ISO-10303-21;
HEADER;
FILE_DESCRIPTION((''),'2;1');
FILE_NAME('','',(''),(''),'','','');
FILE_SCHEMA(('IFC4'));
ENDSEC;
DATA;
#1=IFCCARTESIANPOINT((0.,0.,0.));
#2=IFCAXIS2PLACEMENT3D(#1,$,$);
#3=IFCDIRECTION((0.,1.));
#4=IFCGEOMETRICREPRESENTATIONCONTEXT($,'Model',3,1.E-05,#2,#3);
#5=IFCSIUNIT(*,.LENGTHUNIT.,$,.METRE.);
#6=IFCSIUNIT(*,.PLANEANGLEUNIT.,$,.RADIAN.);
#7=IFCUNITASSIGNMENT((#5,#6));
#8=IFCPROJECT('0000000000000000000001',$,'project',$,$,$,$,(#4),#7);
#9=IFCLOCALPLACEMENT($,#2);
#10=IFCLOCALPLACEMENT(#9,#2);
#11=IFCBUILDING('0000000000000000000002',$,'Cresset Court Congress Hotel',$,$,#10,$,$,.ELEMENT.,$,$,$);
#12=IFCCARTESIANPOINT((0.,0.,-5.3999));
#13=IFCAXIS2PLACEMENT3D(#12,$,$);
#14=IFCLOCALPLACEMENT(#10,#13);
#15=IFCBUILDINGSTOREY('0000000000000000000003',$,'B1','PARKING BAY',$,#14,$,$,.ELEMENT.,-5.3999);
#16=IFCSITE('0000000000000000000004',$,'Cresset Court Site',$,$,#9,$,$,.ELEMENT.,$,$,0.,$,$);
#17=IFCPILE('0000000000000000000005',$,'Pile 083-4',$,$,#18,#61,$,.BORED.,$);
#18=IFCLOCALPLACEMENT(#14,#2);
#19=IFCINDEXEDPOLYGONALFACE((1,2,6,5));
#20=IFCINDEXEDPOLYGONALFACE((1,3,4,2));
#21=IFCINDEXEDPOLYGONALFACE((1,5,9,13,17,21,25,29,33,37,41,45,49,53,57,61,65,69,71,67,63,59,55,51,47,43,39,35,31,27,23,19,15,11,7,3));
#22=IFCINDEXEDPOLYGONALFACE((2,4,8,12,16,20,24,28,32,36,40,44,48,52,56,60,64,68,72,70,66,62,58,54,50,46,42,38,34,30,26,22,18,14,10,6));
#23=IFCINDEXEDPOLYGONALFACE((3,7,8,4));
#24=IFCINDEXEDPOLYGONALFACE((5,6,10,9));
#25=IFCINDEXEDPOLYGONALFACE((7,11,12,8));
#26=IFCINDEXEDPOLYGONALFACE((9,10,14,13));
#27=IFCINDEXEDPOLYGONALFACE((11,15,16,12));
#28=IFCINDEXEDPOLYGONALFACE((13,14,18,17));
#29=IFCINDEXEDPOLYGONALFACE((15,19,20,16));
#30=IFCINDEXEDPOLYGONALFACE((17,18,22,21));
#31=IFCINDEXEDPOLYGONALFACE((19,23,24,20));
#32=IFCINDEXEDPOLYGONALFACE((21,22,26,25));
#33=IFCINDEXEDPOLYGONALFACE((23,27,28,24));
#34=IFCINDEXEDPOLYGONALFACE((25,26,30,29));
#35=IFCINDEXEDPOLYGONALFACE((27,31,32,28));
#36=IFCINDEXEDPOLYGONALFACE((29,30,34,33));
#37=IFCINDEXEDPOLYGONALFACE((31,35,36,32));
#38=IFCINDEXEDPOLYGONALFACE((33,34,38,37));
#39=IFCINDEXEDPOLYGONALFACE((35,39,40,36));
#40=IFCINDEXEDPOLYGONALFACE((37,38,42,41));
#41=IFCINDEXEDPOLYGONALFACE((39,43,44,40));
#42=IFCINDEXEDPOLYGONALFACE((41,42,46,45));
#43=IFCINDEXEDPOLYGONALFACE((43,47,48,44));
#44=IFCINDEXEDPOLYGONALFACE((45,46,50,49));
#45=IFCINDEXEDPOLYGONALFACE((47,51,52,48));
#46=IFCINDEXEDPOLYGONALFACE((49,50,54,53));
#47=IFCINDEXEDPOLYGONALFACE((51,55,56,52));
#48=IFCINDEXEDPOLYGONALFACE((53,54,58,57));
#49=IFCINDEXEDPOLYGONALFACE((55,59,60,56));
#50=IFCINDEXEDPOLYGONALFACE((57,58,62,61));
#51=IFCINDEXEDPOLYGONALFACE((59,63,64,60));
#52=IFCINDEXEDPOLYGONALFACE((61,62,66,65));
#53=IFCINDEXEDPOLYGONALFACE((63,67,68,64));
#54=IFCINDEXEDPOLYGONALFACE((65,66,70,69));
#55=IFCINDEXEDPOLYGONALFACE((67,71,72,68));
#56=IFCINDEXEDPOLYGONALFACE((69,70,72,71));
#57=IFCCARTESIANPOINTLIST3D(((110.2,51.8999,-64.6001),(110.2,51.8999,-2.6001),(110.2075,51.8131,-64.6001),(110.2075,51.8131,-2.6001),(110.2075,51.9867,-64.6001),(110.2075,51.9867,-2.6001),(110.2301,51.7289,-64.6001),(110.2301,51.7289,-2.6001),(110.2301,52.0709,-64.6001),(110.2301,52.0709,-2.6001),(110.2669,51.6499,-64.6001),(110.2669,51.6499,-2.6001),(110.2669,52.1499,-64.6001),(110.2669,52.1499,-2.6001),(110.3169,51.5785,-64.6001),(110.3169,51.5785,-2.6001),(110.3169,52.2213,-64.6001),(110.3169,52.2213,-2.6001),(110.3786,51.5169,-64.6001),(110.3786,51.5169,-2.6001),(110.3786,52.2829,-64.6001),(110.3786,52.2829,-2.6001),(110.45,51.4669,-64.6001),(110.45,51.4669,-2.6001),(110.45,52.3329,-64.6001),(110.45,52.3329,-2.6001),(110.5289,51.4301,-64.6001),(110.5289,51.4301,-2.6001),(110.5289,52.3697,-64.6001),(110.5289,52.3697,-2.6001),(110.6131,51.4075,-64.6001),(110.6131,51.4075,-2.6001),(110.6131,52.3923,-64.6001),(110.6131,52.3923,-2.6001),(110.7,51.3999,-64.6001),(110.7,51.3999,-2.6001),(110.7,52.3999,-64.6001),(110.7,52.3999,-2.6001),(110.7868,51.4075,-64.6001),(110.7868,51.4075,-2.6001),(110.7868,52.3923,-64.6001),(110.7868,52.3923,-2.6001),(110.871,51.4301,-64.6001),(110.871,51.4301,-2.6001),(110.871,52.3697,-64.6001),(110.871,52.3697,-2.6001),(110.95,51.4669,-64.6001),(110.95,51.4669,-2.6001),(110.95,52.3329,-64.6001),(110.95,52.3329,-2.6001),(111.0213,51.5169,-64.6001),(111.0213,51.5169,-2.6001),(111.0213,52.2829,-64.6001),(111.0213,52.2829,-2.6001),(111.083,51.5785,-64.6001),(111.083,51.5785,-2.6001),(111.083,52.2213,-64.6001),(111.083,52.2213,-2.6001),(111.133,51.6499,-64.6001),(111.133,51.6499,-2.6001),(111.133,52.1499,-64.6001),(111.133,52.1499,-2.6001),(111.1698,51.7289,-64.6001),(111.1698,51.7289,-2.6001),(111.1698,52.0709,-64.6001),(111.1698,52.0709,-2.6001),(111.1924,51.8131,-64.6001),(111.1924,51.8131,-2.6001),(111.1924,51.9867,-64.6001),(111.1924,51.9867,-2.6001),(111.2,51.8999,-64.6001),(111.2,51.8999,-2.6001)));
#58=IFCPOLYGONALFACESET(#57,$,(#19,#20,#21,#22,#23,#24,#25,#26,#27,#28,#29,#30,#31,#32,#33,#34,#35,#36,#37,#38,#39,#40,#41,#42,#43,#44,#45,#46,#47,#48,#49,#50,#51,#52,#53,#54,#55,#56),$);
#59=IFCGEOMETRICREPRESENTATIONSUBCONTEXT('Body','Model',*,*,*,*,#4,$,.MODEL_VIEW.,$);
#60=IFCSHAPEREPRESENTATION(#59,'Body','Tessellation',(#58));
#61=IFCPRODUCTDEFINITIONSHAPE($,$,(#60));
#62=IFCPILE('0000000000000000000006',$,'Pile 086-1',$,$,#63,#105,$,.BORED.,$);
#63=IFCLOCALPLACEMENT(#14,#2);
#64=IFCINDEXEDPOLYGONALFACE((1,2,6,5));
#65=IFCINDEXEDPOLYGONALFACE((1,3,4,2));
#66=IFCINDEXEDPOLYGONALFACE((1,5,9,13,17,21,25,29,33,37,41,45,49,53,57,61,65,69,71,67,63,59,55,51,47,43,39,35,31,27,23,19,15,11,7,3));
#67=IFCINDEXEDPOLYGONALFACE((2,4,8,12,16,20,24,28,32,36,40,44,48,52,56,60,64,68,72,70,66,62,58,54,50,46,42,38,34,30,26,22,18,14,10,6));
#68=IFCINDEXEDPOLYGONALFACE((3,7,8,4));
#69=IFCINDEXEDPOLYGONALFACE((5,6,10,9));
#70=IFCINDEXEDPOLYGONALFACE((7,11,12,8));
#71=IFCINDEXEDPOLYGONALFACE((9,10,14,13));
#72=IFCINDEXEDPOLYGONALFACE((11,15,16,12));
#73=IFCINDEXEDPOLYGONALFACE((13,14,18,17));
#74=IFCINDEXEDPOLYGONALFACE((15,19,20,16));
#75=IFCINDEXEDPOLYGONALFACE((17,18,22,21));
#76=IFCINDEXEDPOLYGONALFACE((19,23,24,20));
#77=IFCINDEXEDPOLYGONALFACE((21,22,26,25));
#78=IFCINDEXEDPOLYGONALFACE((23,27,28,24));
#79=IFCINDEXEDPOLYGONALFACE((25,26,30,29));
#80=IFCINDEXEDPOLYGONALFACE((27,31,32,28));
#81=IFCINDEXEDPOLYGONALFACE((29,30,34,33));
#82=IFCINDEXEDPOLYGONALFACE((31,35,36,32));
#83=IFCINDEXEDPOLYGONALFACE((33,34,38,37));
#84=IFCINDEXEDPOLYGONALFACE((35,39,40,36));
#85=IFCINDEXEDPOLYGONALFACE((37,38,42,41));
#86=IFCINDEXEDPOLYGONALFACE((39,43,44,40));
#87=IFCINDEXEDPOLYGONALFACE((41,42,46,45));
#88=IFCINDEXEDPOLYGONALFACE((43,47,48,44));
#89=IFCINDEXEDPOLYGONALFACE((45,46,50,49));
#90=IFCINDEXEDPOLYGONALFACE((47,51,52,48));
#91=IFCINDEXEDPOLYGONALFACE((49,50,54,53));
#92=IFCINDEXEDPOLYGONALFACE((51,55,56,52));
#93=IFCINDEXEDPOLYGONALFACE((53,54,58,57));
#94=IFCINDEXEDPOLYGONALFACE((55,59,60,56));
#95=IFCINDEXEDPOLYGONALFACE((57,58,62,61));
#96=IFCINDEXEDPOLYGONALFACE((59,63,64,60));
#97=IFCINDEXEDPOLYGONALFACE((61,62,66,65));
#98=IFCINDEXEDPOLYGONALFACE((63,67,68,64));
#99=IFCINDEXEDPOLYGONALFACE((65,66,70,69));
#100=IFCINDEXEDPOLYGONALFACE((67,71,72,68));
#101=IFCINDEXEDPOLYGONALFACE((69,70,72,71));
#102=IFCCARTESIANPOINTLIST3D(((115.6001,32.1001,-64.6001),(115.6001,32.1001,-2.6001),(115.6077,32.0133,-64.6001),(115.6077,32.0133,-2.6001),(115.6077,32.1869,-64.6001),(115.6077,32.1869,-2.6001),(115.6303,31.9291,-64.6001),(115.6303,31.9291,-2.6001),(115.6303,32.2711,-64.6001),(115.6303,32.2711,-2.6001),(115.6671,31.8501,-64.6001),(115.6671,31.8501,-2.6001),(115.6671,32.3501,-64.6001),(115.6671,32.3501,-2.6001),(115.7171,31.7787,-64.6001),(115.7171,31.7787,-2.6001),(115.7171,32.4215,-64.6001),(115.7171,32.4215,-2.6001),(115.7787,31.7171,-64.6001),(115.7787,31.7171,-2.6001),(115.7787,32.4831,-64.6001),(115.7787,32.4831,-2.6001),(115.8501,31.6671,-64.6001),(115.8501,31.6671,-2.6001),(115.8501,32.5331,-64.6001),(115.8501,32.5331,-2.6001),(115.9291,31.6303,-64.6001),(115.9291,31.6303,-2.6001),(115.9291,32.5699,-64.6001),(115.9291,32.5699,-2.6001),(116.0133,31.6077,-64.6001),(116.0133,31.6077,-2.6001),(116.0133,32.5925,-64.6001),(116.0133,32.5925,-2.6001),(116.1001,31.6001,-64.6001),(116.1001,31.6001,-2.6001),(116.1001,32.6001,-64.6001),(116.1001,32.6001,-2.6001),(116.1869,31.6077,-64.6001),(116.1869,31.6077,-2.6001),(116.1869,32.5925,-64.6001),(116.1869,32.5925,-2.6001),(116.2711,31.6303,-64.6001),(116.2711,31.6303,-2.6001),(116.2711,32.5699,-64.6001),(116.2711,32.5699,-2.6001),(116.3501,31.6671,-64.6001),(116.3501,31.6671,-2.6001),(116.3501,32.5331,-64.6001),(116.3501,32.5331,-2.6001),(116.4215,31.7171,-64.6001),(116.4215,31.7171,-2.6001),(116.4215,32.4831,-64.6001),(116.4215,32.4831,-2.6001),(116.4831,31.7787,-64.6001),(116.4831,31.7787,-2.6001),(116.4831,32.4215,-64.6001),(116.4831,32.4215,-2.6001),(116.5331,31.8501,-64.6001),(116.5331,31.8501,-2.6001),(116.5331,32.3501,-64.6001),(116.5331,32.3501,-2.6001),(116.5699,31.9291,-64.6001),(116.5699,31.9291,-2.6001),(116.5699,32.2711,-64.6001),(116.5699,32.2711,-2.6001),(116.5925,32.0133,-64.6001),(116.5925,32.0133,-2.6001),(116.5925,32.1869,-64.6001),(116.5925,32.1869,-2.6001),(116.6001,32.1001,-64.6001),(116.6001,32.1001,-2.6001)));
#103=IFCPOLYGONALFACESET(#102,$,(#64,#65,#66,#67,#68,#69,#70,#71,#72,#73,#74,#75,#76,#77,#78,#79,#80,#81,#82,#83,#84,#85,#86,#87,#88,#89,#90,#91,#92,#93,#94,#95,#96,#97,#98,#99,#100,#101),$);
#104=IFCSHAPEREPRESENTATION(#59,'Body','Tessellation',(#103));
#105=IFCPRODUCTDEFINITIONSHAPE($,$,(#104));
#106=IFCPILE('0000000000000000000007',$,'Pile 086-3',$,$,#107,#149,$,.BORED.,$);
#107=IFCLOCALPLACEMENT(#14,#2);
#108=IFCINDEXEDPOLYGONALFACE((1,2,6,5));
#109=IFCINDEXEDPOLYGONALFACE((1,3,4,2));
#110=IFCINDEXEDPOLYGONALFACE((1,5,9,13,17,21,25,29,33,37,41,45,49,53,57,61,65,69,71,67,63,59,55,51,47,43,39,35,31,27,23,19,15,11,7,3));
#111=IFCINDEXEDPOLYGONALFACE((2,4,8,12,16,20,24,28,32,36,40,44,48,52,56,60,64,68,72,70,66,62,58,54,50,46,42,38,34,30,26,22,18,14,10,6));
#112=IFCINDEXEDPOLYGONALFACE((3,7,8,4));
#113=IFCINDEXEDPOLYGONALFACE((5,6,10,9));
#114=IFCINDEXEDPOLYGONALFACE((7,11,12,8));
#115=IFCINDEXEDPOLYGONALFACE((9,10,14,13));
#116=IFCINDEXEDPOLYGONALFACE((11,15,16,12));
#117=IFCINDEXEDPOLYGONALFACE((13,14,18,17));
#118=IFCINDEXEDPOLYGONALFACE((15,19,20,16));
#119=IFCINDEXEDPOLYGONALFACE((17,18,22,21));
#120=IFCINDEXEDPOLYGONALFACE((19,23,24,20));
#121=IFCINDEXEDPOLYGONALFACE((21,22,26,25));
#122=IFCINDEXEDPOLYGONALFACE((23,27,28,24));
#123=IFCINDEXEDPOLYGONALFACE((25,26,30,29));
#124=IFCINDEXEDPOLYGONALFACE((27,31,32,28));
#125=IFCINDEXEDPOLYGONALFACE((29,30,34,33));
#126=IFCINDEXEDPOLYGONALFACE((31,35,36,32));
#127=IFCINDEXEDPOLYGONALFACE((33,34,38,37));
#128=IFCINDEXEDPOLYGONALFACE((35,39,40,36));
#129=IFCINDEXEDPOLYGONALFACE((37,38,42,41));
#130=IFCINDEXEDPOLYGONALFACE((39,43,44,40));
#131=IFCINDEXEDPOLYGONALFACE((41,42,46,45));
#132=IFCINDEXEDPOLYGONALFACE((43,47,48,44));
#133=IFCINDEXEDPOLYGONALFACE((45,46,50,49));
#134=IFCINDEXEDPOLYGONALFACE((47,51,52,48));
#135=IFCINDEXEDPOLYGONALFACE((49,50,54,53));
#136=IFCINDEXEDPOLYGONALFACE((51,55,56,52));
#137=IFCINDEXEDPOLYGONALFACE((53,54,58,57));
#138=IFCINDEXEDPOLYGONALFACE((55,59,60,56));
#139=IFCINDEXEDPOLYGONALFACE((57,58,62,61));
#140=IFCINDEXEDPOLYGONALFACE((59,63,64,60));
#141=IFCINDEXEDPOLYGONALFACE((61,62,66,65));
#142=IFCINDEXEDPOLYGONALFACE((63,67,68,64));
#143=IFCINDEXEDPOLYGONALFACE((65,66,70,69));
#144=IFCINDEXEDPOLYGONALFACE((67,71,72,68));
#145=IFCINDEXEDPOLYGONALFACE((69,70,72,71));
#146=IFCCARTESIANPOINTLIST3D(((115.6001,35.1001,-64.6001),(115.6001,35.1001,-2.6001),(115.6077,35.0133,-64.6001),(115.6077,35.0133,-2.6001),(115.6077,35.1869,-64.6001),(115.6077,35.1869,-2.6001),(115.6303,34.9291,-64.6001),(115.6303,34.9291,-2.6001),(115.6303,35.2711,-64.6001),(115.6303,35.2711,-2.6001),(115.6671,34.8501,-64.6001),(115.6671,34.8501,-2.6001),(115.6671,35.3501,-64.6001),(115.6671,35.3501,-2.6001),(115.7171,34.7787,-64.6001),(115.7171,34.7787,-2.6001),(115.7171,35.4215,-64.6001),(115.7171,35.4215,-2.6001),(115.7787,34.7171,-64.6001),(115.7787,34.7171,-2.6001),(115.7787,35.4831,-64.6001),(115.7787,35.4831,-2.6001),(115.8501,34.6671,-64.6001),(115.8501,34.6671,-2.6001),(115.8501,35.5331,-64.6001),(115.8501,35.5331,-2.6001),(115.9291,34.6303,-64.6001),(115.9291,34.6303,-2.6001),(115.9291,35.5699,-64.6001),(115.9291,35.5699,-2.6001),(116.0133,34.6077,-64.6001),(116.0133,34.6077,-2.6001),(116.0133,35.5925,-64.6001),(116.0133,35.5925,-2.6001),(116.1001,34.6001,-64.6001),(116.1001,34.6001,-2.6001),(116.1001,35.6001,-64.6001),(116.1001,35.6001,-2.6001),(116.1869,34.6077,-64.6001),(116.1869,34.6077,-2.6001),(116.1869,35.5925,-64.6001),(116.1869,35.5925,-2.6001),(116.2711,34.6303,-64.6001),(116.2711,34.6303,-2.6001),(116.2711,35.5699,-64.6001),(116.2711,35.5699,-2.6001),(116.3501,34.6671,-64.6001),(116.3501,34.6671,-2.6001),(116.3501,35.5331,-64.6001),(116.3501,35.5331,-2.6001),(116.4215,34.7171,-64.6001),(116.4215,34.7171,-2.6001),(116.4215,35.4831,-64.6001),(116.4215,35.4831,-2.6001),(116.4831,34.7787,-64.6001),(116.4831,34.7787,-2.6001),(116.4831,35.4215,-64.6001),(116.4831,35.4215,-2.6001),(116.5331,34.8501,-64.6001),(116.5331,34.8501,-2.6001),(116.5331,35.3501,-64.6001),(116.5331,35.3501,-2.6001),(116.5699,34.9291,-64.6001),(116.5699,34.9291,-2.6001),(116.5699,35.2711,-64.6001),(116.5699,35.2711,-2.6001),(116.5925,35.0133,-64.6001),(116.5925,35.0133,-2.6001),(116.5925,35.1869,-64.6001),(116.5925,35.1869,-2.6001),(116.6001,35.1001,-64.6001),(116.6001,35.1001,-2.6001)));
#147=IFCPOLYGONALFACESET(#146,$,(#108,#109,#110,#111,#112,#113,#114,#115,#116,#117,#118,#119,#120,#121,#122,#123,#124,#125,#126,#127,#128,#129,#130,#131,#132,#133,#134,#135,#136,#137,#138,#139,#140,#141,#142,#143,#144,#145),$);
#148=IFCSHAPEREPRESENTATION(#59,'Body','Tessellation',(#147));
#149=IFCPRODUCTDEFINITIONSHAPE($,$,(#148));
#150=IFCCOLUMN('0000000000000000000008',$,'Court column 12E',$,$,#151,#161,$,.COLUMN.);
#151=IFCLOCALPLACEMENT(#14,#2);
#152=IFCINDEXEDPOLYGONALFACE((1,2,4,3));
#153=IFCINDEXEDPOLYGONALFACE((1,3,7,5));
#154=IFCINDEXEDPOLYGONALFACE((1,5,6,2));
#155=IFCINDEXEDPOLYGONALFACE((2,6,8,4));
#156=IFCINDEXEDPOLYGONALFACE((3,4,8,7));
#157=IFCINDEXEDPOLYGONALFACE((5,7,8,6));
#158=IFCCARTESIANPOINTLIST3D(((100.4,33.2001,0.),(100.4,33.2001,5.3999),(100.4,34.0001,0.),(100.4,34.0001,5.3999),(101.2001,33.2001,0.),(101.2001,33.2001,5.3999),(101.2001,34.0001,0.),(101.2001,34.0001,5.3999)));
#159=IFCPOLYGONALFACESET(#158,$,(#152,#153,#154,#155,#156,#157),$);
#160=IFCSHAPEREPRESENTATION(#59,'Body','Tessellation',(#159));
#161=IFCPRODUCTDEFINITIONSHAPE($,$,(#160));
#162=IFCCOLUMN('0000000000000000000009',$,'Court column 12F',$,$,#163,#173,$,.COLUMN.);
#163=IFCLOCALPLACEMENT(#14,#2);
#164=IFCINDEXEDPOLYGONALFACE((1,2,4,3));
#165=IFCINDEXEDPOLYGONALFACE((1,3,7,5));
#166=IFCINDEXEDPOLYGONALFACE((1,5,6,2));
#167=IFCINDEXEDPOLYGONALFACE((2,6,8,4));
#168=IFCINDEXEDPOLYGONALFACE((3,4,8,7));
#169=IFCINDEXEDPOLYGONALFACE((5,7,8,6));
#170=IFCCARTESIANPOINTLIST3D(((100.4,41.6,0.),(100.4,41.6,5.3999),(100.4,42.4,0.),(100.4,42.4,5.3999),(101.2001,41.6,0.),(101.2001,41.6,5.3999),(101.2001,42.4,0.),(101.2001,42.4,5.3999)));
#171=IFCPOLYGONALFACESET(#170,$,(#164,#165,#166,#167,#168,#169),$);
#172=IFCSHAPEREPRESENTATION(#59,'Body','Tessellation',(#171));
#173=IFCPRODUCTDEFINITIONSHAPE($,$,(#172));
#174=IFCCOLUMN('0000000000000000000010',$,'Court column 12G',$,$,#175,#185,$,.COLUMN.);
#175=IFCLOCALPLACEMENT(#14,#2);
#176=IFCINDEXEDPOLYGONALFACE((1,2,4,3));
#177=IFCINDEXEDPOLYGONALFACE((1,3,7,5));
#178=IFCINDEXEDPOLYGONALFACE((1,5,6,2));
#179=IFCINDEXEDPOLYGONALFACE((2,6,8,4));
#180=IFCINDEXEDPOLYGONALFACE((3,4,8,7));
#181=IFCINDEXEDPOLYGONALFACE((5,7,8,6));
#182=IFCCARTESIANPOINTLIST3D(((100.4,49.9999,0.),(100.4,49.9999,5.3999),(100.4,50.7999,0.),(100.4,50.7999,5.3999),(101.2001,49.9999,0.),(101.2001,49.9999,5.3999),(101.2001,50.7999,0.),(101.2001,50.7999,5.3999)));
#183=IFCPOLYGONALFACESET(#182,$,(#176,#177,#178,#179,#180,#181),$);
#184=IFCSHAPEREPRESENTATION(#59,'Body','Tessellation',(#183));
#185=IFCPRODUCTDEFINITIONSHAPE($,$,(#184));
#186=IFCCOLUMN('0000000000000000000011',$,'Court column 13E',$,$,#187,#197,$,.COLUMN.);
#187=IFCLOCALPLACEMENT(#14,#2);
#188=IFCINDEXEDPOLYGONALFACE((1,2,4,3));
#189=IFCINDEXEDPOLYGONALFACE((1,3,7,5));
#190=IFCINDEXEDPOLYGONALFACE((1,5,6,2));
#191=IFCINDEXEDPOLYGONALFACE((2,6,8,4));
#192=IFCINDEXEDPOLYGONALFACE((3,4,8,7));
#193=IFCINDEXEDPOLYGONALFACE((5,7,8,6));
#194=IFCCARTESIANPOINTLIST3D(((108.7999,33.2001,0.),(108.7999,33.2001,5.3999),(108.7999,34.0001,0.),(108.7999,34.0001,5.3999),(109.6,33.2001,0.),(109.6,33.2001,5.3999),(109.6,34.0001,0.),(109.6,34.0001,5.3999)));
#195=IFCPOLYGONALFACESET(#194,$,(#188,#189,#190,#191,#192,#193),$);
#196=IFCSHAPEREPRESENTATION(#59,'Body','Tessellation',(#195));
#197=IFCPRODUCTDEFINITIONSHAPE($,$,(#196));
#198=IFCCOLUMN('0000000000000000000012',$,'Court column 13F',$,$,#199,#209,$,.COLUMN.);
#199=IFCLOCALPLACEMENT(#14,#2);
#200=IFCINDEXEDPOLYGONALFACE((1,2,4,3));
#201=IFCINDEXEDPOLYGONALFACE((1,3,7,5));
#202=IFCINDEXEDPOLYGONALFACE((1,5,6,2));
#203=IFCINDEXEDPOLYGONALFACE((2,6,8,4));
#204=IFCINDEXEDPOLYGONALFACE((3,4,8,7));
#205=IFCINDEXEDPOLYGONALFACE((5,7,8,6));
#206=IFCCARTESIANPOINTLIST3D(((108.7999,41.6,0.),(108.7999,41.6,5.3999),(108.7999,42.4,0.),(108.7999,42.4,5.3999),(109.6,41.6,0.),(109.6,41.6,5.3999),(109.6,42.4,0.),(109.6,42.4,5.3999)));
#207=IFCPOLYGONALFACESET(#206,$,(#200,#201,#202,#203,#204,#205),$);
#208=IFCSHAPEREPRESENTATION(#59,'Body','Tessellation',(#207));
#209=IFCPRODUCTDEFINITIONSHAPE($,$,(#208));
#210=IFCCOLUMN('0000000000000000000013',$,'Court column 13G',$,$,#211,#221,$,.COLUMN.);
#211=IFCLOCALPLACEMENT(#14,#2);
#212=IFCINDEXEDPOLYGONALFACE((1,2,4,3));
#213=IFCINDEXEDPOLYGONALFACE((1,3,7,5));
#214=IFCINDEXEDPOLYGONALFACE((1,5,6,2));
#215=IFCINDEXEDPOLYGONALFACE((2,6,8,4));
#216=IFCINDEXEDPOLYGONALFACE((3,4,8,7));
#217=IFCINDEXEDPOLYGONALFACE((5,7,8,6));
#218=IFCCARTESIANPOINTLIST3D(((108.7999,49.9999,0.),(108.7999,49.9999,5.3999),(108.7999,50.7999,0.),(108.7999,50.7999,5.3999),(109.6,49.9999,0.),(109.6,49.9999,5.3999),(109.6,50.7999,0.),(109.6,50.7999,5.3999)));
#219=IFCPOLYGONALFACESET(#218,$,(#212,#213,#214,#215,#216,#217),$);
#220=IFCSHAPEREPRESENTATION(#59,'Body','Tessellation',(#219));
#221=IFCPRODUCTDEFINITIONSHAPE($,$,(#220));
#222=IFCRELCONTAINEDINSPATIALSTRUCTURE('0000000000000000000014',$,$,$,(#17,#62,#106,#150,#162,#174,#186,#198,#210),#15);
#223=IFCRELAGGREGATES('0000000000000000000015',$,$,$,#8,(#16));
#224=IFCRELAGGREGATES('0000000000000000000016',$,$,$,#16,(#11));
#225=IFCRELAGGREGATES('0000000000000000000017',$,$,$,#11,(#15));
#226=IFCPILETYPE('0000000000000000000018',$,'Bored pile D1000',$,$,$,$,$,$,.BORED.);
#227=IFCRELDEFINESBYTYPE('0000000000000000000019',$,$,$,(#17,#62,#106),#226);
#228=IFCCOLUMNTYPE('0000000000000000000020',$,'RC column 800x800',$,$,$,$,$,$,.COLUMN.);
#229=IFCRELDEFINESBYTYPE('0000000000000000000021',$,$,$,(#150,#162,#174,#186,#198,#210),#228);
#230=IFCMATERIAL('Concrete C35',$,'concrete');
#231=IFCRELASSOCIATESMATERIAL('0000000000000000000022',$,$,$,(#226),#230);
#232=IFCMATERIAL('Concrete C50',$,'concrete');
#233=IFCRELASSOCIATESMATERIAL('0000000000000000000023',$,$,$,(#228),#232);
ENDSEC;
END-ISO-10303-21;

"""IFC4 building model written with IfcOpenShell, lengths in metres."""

from ifc_helpers import new_model, si_unit, direction, frame, origin, origin_2d, place, context, subcontext, project, spatial, rectangle, circle, extrude, material, material_profile, profile_set, type_object, element, save


model = new_model("IFC4")

# Units and contexts
model_context = context("Model", 3, precision=1e-05, world=origin(), true_north=direction((0.0, 1.0)))
body_context = subcontext(model_context, "Body", "Model", "MODEL_VIEW")
ifc_project = project(units=[si_unit("LENGTHUNIT", "METRE"), si_unit("PLANEANGLEUNIT", "RADIAN")], contexts=[model_context])

# Site, building, storey
site_placement = place(None, origin())
site = spatial("IfcSite", under=ifc_project, at=site_placement, Name="Cresset Court Site", CompositionType="ELEMENT", RefElevation=0.0)
building_placement = place(site_placement, origin())
building = spatial("IfcBuilding", under=site, at=building_placement, Name="Cresset Court Congress Hotel", CompositionType="ELEMENT")
storey_placement = place(building_placement, frame((0.0, 0.0, -5.3999)))
storey = spatial("IfcBuildingStorey", under=building, at=storey_placement, Name="B1", Description="PARKING BAY", CompositionType="ELEMENT", Elevation=-5.3999)

# Piles
ifc_material_1 = material(Name="Concrete C35", Category="concrete")
pile_type = type_object("IfcPileType", Name="Bored pile D1000", PredefinedType="BORED", material=ifc_material_1)
for number, where, z_axis, x_axis, name in (
    (1, (110.7, 51.8999, -2.6001), (0.0, 0.0, -1.0), (1.0, 0.0, 0.0), "Pile 083-4"),
    (2, (116.1001, 32.1001, -2.6001), (0.0, 0.0, -1.0), (1.0, 0.0, 0.0), "Pile 086-1"),
    (3, (116.1001, 35.1001, -2.6001), (0.0, 0.0, -1.0), (1.0, 0.0, 0.0), "Pile 086-3"),
):
    element("IfcPile", number, at=place(storey_placement, frame(where, z_axis=z_axis, x_axis=x_axis)), inside=storey, type_object=pile_type, Name=name, PredefinedType="BORED", context=body_context, shape_type="SweptSolid", body=[
        extrude(circle(Radius=0.5, at=origin_2d()), origin(), (0.0, 0.0, 1.0), 62.0),
    ])

# Columns
ifc_material_2 = material(Name="Concrete C50", Category="concrete")
ifc_material_profile = material_profile(ifc_material_2, rectangle(XDim=0.8, YDim=0.8, at=origin_2d()), Name="RC800x800")
ifc_profile_set = profile_set([ifc_material_profile], Name="Concrete C50")
column_type = type_object("IfcColumnType", Name="RC column 800x800", PredefinedType="COLUMN", material=ifc_profile_set)
for number, where, z_axis, x_axis, name in (
    (4, (100.8, 33.6001, 0.0), (0.0, 0.0, 1.0), (1.0, 0.0, 0.0), "Court column 12E"),
    (5, (100.8, 42.0, 0.0), (0.0, 0.0, 1.0), (1.0, 0.0, 0.0), "Court column 12F"),
    (6, (100.8, 50.3999, 0.0), (0.0, 0.0, 1.0), (1.0, 0.0, 0.0), "Court column 12G"),
    (7, (109.2, 33.6001, 0.0), (0.0, 0.0, 1.0), (1.0, 0.0, 0.0), "Court column 13E"),
    (8, (109.2, 42.0, 0.0), (0.0, 0.0, 1.0), (1.0, 0.0, 0.0), "Court column 13F"),
    (9, (109.2, 50.3999, 0.0), (0.0, 0.0, 1.0), (1.0, 0.0, 0.0), "Court column 13G"),
):
    element("IfcColumn", number, at=place(storey_placement, frame(where, z_axis=z_axis, x_axis=x_axis)), inside=storey, type_object=column_type, Name=name, PredefinedType="COLUMN", context=body_context, shape_type="SweptSolid", body=[
        extrude(rectangle(XDim=0.8, YDim=0.8, at=origin_2d()), origin(), (0.0, 0.0, 1.0), 5.3999),
    ])

save(model, "model.ifc")
